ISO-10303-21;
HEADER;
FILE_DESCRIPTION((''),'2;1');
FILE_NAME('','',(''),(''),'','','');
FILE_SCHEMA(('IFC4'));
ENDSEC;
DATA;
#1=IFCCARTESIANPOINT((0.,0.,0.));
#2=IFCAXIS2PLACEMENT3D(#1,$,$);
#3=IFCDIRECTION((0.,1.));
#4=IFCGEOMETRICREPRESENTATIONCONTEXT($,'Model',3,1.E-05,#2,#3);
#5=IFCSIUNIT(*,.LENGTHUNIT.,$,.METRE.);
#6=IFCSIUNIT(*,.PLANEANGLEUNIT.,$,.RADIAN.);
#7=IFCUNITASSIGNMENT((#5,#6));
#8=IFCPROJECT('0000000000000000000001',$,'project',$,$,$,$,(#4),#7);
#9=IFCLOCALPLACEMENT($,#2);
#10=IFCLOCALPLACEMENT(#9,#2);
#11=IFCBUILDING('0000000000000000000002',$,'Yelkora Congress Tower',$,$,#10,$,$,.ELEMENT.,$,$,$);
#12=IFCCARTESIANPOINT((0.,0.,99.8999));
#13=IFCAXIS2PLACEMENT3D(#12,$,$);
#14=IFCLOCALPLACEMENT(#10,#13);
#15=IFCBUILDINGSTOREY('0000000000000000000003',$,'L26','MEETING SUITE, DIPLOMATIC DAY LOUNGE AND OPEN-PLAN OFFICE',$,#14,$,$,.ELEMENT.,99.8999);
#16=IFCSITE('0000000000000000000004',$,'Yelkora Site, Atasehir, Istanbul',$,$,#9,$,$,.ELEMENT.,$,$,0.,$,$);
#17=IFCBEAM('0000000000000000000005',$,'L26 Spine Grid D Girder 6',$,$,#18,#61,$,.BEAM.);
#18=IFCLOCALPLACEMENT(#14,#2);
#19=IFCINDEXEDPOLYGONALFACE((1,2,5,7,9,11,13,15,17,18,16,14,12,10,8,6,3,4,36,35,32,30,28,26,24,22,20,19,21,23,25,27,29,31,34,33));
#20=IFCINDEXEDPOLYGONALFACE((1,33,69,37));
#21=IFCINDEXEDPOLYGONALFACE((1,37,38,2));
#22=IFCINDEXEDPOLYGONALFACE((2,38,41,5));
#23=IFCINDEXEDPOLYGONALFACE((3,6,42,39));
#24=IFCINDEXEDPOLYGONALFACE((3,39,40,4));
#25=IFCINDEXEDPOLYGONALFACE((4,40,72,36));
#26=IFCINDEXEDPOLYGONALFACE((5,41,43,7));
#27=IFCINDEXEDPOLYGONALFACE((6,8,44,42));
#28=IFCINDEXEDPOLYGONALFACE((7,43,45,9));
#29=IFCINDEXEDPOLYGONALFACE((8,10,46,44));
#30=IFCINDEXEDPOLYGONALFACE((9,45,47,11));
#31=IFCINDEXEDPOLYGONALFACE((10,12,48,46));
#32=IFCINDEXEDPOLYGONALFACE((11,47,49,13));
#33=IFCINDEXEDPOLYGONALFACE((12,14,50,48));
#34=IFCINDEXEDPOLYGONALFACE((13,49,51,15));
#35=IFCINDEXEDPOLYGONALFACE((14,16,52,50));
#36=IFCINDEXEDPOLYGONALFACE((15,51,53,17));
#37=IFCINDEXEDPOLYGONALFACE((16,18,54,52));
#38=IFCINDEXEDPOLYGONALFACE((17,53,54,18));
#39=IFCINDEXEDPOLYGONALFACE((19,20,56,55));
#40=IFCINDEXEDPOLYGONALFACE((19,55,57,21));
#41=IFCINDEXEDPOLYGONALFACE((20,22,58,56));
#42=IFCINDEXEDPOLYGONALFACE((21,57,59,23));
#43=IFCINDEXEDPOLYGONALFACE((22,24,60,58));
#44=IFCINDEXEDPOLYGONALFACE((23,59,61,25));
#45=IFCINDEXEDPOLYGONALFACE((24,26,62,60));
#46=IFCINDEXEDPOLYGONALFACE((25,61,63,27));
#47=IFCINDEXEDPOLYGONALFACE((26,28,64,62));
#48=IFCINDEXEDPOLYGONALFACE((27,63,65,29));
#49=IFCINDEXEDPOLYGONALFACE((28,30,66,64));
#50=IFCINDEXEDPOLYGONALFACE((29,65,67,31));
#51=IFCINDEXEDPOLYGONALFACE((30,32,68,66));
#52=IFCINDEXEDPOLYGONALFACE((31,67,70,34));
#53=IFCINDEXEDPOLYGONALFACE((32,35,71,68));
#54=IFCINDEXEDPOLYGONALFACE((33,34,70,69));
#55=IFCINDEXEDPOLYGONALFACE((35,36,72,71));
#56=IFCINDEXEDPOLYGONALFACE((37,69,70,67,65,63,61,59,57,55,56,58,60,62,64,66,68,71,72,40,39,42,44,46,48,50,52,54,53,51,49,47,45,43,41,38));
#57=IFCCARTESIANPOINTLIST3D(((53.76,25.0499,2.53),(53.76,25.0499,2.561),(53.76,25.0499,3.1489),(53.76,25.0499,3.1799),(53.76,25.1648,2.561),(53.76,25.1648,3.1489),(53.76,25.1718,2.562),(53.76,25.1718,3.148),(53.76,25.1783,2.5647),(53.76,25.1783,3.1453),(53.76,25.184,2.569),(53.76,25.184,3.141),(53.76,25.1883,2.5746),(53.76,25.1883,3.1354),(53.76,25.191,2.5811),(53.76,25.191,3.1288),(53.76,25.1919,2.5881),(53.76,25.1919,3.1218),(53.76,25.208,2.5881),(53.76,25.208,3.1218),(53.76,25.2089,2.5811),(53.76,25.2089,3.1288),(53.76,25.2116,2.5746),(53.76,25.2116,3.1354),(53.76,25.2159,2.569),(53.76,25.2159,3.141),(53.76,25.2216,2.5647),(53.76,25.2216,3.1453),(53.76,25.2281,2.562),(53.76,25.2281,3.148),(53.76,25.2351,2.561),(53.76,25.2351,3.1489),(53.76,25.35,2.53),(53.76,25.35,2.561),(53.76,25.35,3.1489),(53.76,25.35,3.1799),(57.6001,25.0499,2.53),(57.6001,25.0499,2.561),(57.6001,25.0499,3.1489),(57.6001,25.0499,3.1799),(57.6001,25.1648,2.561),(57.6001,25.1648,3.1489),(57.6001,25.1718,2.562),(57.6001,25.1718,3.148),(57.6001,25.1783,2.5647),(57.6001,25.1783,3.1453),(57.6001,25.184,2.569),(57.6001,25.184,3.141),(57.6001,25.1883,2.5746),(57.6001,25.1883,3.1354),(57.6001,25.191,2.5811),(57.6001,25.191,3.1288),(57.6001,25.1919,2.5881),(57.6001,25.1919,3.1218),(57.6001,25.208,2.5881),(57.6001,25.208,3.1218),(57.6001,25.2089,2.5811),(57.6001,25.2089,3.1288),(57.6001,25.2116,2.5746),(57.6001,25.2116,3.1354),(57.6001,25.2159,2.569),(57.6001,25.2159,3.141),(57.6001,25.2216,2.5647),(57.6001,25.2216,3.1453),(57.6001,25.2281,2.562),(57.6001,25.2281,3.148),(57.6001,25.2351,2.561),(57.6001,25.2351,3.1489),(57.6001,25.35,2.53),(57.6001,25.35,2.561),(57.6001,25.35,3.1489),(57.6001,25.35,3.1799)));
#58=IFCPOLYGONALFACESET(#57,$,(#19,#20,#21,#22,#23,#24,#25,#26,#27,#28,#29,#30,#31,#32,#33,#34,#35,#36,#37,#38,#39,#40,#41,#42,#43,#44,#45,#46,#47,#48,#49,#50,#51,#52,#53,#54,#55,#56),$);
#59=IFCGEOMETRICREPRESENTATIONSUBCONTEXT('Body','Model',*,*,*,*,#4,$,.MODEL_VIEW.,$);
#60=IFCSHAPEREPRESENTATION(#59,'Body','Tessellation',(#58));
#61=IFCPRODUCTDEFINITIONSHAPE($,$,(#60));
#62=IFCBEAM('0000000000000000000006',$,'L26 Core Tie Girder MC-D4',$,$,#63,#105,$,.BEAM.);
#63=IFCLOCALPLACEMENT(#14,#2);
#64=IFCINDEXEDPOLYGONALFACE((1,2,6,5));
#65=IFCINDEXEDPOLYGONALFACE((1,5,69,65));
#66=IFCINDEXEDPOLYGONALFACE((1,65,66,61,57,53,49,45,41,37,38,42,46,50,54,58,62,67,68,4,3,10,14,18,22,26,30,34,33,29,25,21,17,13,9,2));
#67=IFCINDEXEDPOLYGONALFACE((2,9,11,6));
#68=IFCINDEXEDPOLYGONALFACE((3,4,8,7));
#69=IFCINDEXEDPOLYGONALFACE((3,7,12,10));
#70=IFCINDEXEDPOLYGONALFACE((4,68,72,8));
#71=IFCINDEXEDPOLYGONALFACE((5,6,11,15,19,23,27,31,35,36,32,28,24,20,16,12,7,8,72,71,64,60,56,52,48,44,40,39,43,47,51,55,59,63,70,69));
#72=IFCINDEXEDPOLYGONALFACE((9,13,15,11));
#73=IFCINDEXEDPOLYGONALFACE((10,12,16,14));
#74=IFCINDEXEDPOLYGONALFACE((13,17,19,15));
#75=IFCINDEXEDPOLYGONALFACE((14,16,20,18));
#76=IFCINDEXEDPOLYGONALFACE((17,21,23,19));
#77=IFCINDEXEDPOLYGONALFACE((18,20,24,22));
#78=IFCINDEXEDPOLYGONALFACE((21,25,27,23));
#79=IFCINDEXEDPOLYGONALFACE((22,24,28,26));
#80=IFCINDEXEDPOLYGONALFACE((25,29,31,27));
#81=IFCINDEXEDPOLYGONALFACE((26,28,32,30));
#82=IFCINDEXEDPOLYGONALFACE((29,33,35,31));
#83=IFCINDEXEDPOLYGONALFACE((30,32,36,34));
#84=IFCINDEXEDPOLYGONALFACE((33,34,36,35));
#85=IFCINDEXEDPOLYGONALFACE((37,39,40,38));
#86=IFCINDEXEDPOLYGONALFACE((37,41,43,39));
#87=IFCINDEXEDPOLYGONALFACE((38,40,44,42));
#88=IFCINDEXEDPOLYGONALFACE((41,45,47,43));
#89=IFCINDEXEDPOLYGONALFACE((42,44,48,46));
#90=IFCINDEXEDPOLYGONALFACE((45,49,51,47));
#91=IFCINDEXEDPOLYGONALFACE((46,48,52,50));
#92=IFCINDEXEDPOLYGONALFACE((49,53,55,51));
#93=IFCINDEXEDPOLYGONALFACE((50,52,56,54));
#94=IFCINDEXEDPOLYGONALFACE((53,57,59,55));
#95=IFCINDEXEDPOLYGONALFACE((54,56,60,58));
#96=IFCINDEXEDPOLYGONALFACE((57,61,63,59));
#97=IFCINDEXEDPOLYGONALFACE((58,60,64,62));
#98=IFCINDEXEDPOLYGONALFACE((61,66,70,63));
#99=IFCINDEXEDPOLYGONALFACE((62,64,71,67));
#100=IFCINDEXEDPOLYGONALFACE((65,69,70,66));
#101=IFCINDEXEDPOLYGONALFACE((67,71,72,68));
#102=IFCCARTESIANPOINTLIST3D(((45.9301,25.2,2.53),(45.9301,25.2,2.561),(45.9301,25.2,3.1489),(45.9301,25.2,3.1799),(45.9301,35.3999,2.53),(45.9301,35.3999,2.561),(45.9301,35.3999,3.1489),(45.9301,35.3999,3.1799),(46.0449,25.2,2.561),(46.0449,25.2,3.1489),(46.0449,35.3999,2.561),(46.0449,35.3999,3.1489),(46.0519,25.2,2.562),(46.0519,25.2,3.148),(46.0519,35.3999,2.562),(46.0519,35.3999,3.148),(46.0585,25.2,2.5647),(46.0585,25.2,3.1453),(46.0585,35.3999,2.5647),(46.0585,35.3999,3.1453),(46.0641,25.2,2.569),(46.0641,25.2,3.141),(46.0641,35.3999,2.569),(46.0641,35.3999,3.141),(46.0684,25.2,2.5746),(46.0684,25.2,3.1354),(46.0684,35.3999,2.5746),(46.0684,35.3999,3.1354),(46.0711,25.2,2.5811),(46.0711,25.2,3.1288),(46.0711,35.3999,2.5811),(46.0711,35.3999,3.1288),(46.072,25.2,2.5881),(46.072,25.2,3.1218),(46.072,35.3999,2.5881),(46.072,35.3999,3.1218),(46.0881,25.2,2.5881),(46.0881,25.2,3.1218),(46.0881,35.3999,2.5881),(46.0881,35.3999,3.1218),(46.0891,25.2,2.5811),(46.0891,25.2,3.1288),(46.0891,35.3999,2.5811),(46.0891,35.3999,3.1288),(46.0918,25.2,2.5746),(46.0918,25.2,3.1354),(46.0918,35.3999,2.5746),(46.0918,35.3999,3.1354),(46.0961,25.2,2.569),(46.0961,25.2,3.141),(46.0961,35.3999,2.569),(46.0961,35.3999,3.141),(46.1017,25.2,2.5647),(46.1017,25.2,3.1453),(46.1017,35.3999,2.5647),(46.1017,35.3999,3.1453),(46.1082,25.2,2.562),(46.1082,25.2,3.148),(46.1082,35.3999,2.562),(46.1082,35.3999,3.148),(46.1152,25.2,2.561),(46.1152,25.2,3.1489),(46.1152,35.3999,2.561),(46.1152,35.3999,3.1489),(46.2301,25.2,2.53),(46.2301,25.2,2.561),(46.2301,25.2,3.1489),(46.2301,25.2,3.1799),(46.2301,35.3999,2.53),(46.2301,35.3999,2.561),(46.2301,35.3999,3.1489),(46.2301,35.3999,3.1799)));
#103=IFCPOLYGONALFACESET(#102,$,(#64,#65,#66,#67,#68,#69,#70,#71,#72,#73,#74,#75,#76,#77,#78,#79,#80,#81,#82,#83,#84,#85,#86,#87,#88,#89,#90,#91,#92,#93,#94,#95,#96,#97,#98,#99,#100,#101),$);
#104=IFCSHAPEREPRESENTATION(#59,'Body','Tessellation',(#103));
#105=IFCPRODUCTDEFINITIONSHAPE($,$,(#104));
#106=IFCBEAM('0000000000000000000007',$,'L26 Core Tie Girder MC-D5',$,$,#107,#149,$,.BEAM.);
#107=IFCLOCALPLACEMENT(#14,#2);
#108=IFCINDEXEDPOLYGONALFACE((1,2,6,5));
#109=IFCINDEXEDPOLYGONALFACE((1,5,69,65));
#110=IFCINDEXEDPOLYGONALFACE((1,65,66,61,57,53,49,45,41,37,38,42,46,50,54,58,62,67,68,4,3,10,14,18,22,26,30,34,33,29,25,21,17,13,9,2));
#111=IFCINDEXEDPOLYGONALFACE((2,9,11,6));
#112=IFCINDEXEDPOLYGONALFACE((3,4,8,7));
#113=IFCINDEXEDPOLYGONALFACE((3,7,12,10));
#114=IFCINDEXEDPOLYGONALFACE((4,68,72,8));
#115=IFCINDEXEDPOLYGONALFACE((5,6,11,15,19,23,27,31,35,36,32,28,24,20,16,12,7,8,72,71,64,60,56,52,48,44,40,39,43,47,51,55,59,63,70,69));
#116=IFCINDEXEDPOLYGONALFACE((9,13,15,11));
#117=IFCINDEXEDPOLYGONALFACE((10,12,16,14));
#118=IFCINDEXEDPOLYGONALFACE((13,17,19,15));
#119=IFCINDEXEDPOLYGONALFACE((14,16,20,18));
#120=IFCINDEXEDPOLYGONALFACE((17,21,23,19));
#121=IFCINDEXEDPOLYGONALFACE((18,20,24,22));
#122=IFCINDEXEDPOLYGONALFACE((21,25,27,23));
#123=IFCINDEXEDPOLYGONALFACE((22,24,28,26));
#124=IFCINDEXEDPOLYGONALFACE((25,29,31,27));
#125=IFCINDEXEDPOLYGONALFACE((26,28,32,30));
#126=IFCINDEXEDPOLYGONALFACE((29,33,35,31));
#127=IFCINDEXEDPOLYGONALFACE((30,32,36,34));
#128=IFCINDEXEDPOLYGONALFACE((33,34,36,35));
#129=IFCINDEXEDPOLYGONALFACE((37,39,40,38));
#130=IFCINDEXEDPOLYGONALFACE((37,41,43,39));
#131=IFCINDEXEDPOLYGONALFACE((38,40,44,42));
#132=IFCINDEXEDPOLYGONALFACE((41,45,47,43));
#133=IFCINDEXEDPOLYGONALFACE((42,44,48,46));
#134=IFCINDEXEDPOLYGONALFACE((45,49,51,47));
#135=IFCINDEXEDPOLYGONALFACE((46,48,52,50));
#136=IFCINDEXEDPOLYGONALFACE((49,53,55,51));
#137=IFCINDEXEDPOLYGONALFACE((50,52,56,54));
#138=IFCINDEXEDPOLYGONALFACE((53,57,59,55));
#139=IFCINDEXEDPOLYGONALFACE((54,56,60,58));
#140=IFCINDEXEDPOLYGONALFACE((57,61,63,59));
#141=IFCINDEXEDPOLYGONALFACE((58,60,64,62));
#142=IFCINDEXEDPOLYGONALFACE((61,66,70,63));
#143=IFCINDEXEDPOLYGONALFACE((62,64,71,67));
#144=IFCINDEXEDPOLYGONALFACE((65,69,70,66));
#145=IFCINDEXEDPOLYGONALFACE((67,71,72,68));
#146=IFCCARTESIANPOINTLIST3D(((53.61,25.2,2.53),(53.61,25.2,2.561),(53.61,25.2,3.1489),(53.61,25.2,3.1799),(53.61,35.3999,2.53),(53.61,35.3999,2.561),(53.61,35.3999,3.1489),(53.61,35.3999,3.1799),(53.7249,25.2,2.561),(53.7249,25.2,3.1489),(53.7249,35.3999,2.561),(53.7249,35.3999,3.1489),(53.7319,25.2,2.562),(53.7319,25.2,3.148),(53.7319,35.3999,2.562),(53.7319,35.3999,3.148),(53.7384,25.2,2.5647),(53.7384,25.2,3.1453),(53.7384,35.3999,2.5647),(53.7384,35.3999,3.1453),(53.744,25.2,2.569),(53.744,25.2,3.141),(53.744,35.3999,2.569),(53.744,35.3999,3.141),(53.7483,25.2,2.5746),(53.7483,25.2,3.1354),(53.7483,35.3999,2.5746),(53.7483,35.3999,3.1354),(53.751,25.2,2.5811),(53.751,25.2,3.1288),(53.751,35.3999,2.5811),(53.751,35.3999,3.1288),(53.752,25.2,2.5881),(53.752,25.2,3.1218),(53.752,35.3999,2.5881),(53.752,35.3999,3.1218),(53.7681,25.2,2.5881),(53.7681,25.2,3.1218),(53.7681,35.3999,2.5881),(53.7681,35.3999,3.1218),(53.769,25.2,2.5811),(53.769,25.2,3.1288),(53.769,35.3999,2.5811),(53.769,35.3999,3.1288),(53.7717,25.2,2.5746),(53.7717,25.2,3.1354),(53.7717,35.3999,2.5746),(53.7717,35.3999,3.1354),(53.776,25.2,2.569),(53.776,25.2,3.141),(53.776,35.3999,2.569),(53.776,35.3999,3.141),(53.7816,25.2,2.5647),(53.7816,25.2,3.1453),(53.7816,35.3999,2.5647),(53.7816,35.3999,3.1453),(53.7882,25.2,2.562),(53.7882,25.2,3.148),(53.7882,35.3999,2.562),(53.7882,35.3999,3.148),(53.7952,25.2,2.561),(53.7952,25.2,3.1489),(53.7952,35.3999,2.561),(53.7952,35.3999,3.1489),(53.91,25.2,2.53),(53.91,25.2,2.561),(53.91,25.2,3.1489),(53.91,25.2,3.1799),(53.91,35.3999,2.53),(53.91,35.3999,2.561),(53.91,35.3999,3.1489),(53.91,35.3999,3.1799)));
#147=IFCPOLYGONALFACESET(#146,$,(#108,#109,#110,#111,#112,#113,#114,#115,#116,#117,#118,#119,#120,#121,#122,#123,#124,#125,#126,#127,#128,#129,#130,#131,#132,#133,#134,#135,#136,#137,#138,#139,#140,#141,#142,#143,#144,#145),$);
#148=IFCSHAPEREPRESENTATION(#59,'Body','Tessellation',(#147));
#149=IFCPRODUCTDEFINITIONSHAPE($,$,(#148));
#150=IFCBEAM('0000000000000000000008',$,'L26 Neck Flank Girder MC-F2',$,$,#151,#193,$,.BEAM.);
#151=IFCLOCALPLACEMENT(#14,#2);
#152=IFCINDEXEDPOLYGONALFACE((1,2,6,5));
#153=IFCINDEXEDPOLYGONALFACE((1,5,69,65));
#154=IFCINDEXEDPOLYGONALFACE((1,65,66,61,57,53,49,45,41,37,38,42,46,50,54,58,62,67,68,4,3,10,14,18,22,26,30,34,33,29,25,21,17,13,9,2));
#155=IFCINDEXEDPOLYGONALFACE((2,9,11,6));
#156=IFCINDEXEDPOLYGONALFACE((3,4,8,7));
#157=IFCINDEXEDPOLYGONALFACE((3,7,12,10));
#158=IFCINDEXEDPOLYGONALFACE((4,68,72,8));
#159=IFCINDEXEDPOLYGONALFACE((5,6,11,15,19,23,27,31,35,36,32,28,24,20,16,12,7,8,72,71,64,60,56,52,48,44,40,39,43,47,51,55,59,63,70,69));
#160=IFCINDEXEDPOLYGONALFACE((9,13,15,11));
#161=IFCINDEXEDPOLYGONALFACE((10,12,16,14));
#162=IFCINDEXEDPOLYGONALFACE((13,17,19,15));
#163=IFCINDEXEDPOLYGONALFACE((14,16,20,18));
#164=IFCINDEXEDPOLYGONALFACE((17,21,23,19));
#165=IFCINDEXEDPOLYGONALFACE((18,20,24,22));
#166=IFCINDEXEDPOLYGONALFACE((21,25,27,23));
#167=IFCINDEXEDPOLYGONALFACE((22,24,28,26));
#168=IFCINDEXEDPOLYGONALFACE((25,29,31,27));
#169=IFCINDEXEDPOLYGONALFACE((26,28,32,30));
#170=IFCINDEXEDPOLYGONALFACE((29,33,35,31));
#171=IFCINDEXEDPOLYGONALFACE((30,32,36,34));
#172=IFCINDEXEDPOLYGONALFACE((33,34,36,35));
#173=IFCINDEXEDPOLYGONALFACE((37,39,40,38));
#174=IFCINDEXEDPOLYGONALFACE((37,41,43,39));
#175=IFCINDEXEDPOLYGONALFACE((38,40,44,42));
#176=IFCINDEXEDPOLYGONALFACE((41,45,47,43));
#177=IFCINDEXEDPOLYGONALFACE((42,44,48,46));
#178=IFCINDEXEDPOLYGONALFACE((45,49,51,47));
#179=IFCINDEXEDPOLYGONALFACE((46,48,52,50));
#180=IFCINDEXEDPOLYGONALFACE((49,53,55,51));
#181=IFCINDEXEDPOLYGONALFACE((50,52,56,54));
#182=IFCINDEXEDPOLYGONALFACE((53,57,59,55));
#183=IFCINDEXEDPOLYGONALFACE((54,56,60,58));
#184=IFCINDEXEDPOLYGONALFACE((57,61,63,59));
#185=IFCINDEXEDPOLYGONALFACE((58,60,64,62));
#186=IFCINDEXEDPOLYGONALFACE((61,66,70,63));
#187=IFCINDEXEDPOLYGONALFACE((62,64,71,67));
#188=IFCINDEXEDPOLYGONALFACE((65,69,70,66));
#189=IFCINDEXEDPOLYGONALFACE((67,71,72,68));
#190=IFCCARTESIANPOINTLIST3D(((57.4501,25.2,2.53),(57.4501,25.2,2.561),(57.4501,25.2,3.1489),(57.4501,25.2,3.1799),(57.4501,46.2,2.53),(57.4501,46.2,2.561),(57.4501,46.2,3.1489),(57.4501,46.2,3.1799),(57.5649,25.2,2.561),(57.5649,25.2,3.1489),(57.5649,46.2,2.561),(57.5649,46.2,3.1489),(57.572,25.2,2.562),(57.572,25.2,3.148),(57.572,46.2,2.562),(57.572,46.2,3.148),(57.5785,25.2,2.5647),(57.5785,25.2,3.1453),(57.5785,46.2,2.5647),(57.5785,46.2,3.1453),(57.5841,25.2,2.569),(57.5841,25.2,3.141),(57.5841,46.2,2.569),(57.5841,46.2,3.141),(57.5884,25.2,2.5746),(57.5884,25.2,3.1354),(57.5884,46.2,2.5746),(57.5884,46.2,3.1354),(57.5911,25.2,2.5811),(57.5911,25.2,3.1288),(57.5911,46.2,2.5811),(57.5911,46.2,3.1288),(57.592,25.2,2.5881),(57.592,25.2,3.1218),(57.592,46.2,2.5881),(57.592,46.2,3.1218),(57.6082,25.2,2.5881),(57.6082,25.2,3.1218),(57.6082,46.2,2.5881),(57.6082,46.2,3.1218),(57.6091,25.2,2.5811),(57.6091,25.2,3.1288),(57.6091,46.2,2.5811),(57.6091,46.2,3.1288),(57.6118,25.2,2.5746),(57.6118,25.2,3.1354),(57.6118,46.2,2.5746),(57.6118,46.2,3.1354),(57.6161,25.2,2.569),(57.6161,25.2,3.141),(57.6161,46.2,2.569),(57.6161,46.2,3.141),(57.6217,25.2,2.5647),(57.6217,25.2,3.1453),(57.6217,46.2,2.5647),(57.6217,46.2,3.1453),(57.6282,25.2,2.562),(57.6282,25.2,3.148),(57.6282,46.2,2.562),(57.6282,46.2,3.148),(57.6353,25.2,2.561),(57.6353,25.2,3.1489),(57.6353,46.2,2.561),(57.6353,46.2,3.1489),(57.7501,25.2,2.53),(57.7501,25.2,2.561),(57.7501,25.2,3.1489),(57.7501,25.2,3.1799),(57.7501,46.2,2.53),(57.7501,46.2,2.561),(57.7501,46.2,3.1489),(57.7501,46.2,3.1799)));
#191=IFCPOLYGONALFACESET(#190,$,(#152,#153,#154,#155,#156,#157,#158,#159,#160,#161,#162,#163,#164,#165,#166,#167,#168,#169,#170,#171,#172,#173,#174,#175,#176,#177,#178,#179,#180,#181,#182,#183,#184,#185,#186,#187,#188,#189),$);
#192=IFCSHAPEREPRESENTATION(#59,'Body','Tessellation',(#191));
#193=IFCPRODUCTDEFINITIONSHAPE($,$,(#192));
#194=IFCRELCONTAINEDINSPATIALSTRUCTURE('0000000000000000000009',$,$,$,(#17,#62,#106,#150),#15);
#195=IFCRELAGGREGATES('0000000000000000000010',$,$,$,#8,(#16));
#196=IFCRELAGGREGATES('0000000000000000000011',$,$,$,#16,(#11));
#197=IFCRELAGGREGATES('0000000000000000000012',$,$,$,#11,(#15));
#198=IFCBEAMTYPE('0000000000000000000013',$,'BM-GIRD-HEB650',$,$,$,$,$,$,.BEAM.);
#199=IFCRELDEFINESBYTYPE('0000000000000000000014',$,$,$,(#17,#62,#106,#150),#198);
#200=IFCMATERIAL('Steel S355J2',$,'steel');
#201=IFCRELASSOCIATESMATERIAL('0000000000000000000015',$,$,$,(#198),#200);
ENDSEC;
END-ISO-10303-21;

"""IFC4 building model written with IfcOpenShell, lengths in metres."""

from ifc_helpers import new_model, si_unit, direction, frame, origin, origin_2d, place, context, subcontext, project, spatial, i_section, extrude, material, material_profile, profile_set, type_object, element, save


model = new_model("IFC4")

# Units and contexts
model_context = context("Model", 3, precision=1e-05, world=origin(), true_north=direction((0.0, 1.0)))
body_context = subcontext(model_context, "Body", "Model", "MODEL_VIEW")
ifc_project = project(units=[si_unit("LENGTHUNIT", "METRE"), si_unit("PLANEANGLEUNIT", "RADIAN")], contexts=[model_context])

# Site, building, storey
site_placement = place(None, origin())
site = spatial("IfcSite", under=ifc_project, at=site_placement, Name="Yelkora Site, Atasehir, Istanbul", CompositionType="ELEMENT", RefElevation=0.0)
building_placement = place(site_placement, origin())
building = spatial("IfcBuilding", under=site, at=building_placement, Name="Yelkora Congress Tower", CompositionType="ELEMENT")
storey_placement = place(building_placement, frame((0.0, 0.0, 99.8999)))
storey = spatial("IfcBuildingStorey", under=building, at=storey_placement, Name="L26", Description="MEETING SUITE, DIPLOMATIC DAY LOUNGE AND OPEN-PLAN OFFICE", CompositionType="ELEMENT", Elevation=99.8999)

# Beams
ifc_material_1 = material(Name="Steel S355J2", Category="steel")
ifc_material_profile_1 = material_profile(ifc_material_1, i_section(OverallWidth=0.3, OverallDepth=0.6499, WebThickness=0.0161, FlangeThickness=0.031, FilletRadius=0.0271, at=origin_2d()), Name="HEB 650")
ifc_profile_set_1 = profile_set([ifc_material_profile_1], Name="Steel S355J2")
beam_type_1 = type_object("IfcBeamType", Name="BM-GIRD-HEB650", PredefinedType="BEAM", material=ifc_profile_set_1)
beam_1_placement = place(storey_placement, frame((53.76, 25.2, 2.855), z_axis=(1.0, 0.0, 0.0), x_axis=(0.0, 1.0, 0.0)))
element("IfcBeam", 1, at=beam_1_placement, inside=storey, type_object=beam_type_1, Name="L26 Spine Grid D Girder 6", PredefinedType="BEAM", context=body_context, shape_type="SweptSolid", body=[
    extrude(i_section(OverallWidth=0.3, OverallDepth=0.6499, WebThickness=0.0161, FlangeThickness=0.031, FilletRadius=0.0271, at=origin_2d()), origin(), (0.0, 0.0, 1.0), 3.8401),
])
for number, where, z_axis, x_axis, name in (
    (2, (46.0801, 25.2, 2.855), (0.0, 1.0, 0.0), (-1.0, 0.0, 0.0), "L26 Core Tie Girder MC-D4"),
    (3, (53.76, 25.2, 2.855), (0.0, 1.0, 0.0), (-1.0, 0.0, 0.0), "L26 Core Tie Girder MC-D5"),
):
    element("IfcBeam", number, at=place(storey_placement, frame(where, z_axis=z_axis, x_axis=x_axis)), inside=storey, type_object=beam_type_1, Name=name, PredefinedType="BEAM", context=body_context, shape_type="SweptSolid", body=[
        extrude(i_section(OverallWidth=0.3, OverallDepth=0.6499, WebThickness=0.0161, FlangeThickness=0.031, FilletRadius=0.0271, at=origin_2d()), origin(), (0.0, 0.0, 1.0), 10.2),
    ])
beam_2_placement = place(storey_placement, frame((57.6001, 25.2, 2.855), z_axis=(0.0, 1.0, 0.0), x_axis=(-1.0, 0.0, 0.0)))
element("IfcBeam", 4, at=beam_2_placement, inside=storey, type_object=beam_type_1, Name="L26 Neck Flank Girder MC-F2", PredefinedType="BEAM", context=body_context, shape_type="SweptSolid", body=[
    extrude(i_section(OverallWidth=0.3, OverallDepth=0.6499, WebThickness=0.0161, FlangeThickness=0.031, FilletRadius=0.0271, at=origin_2d()), origin(), (0.0, 0.0, 1.0), 21.0),
])

save(model, "model.ifc")
